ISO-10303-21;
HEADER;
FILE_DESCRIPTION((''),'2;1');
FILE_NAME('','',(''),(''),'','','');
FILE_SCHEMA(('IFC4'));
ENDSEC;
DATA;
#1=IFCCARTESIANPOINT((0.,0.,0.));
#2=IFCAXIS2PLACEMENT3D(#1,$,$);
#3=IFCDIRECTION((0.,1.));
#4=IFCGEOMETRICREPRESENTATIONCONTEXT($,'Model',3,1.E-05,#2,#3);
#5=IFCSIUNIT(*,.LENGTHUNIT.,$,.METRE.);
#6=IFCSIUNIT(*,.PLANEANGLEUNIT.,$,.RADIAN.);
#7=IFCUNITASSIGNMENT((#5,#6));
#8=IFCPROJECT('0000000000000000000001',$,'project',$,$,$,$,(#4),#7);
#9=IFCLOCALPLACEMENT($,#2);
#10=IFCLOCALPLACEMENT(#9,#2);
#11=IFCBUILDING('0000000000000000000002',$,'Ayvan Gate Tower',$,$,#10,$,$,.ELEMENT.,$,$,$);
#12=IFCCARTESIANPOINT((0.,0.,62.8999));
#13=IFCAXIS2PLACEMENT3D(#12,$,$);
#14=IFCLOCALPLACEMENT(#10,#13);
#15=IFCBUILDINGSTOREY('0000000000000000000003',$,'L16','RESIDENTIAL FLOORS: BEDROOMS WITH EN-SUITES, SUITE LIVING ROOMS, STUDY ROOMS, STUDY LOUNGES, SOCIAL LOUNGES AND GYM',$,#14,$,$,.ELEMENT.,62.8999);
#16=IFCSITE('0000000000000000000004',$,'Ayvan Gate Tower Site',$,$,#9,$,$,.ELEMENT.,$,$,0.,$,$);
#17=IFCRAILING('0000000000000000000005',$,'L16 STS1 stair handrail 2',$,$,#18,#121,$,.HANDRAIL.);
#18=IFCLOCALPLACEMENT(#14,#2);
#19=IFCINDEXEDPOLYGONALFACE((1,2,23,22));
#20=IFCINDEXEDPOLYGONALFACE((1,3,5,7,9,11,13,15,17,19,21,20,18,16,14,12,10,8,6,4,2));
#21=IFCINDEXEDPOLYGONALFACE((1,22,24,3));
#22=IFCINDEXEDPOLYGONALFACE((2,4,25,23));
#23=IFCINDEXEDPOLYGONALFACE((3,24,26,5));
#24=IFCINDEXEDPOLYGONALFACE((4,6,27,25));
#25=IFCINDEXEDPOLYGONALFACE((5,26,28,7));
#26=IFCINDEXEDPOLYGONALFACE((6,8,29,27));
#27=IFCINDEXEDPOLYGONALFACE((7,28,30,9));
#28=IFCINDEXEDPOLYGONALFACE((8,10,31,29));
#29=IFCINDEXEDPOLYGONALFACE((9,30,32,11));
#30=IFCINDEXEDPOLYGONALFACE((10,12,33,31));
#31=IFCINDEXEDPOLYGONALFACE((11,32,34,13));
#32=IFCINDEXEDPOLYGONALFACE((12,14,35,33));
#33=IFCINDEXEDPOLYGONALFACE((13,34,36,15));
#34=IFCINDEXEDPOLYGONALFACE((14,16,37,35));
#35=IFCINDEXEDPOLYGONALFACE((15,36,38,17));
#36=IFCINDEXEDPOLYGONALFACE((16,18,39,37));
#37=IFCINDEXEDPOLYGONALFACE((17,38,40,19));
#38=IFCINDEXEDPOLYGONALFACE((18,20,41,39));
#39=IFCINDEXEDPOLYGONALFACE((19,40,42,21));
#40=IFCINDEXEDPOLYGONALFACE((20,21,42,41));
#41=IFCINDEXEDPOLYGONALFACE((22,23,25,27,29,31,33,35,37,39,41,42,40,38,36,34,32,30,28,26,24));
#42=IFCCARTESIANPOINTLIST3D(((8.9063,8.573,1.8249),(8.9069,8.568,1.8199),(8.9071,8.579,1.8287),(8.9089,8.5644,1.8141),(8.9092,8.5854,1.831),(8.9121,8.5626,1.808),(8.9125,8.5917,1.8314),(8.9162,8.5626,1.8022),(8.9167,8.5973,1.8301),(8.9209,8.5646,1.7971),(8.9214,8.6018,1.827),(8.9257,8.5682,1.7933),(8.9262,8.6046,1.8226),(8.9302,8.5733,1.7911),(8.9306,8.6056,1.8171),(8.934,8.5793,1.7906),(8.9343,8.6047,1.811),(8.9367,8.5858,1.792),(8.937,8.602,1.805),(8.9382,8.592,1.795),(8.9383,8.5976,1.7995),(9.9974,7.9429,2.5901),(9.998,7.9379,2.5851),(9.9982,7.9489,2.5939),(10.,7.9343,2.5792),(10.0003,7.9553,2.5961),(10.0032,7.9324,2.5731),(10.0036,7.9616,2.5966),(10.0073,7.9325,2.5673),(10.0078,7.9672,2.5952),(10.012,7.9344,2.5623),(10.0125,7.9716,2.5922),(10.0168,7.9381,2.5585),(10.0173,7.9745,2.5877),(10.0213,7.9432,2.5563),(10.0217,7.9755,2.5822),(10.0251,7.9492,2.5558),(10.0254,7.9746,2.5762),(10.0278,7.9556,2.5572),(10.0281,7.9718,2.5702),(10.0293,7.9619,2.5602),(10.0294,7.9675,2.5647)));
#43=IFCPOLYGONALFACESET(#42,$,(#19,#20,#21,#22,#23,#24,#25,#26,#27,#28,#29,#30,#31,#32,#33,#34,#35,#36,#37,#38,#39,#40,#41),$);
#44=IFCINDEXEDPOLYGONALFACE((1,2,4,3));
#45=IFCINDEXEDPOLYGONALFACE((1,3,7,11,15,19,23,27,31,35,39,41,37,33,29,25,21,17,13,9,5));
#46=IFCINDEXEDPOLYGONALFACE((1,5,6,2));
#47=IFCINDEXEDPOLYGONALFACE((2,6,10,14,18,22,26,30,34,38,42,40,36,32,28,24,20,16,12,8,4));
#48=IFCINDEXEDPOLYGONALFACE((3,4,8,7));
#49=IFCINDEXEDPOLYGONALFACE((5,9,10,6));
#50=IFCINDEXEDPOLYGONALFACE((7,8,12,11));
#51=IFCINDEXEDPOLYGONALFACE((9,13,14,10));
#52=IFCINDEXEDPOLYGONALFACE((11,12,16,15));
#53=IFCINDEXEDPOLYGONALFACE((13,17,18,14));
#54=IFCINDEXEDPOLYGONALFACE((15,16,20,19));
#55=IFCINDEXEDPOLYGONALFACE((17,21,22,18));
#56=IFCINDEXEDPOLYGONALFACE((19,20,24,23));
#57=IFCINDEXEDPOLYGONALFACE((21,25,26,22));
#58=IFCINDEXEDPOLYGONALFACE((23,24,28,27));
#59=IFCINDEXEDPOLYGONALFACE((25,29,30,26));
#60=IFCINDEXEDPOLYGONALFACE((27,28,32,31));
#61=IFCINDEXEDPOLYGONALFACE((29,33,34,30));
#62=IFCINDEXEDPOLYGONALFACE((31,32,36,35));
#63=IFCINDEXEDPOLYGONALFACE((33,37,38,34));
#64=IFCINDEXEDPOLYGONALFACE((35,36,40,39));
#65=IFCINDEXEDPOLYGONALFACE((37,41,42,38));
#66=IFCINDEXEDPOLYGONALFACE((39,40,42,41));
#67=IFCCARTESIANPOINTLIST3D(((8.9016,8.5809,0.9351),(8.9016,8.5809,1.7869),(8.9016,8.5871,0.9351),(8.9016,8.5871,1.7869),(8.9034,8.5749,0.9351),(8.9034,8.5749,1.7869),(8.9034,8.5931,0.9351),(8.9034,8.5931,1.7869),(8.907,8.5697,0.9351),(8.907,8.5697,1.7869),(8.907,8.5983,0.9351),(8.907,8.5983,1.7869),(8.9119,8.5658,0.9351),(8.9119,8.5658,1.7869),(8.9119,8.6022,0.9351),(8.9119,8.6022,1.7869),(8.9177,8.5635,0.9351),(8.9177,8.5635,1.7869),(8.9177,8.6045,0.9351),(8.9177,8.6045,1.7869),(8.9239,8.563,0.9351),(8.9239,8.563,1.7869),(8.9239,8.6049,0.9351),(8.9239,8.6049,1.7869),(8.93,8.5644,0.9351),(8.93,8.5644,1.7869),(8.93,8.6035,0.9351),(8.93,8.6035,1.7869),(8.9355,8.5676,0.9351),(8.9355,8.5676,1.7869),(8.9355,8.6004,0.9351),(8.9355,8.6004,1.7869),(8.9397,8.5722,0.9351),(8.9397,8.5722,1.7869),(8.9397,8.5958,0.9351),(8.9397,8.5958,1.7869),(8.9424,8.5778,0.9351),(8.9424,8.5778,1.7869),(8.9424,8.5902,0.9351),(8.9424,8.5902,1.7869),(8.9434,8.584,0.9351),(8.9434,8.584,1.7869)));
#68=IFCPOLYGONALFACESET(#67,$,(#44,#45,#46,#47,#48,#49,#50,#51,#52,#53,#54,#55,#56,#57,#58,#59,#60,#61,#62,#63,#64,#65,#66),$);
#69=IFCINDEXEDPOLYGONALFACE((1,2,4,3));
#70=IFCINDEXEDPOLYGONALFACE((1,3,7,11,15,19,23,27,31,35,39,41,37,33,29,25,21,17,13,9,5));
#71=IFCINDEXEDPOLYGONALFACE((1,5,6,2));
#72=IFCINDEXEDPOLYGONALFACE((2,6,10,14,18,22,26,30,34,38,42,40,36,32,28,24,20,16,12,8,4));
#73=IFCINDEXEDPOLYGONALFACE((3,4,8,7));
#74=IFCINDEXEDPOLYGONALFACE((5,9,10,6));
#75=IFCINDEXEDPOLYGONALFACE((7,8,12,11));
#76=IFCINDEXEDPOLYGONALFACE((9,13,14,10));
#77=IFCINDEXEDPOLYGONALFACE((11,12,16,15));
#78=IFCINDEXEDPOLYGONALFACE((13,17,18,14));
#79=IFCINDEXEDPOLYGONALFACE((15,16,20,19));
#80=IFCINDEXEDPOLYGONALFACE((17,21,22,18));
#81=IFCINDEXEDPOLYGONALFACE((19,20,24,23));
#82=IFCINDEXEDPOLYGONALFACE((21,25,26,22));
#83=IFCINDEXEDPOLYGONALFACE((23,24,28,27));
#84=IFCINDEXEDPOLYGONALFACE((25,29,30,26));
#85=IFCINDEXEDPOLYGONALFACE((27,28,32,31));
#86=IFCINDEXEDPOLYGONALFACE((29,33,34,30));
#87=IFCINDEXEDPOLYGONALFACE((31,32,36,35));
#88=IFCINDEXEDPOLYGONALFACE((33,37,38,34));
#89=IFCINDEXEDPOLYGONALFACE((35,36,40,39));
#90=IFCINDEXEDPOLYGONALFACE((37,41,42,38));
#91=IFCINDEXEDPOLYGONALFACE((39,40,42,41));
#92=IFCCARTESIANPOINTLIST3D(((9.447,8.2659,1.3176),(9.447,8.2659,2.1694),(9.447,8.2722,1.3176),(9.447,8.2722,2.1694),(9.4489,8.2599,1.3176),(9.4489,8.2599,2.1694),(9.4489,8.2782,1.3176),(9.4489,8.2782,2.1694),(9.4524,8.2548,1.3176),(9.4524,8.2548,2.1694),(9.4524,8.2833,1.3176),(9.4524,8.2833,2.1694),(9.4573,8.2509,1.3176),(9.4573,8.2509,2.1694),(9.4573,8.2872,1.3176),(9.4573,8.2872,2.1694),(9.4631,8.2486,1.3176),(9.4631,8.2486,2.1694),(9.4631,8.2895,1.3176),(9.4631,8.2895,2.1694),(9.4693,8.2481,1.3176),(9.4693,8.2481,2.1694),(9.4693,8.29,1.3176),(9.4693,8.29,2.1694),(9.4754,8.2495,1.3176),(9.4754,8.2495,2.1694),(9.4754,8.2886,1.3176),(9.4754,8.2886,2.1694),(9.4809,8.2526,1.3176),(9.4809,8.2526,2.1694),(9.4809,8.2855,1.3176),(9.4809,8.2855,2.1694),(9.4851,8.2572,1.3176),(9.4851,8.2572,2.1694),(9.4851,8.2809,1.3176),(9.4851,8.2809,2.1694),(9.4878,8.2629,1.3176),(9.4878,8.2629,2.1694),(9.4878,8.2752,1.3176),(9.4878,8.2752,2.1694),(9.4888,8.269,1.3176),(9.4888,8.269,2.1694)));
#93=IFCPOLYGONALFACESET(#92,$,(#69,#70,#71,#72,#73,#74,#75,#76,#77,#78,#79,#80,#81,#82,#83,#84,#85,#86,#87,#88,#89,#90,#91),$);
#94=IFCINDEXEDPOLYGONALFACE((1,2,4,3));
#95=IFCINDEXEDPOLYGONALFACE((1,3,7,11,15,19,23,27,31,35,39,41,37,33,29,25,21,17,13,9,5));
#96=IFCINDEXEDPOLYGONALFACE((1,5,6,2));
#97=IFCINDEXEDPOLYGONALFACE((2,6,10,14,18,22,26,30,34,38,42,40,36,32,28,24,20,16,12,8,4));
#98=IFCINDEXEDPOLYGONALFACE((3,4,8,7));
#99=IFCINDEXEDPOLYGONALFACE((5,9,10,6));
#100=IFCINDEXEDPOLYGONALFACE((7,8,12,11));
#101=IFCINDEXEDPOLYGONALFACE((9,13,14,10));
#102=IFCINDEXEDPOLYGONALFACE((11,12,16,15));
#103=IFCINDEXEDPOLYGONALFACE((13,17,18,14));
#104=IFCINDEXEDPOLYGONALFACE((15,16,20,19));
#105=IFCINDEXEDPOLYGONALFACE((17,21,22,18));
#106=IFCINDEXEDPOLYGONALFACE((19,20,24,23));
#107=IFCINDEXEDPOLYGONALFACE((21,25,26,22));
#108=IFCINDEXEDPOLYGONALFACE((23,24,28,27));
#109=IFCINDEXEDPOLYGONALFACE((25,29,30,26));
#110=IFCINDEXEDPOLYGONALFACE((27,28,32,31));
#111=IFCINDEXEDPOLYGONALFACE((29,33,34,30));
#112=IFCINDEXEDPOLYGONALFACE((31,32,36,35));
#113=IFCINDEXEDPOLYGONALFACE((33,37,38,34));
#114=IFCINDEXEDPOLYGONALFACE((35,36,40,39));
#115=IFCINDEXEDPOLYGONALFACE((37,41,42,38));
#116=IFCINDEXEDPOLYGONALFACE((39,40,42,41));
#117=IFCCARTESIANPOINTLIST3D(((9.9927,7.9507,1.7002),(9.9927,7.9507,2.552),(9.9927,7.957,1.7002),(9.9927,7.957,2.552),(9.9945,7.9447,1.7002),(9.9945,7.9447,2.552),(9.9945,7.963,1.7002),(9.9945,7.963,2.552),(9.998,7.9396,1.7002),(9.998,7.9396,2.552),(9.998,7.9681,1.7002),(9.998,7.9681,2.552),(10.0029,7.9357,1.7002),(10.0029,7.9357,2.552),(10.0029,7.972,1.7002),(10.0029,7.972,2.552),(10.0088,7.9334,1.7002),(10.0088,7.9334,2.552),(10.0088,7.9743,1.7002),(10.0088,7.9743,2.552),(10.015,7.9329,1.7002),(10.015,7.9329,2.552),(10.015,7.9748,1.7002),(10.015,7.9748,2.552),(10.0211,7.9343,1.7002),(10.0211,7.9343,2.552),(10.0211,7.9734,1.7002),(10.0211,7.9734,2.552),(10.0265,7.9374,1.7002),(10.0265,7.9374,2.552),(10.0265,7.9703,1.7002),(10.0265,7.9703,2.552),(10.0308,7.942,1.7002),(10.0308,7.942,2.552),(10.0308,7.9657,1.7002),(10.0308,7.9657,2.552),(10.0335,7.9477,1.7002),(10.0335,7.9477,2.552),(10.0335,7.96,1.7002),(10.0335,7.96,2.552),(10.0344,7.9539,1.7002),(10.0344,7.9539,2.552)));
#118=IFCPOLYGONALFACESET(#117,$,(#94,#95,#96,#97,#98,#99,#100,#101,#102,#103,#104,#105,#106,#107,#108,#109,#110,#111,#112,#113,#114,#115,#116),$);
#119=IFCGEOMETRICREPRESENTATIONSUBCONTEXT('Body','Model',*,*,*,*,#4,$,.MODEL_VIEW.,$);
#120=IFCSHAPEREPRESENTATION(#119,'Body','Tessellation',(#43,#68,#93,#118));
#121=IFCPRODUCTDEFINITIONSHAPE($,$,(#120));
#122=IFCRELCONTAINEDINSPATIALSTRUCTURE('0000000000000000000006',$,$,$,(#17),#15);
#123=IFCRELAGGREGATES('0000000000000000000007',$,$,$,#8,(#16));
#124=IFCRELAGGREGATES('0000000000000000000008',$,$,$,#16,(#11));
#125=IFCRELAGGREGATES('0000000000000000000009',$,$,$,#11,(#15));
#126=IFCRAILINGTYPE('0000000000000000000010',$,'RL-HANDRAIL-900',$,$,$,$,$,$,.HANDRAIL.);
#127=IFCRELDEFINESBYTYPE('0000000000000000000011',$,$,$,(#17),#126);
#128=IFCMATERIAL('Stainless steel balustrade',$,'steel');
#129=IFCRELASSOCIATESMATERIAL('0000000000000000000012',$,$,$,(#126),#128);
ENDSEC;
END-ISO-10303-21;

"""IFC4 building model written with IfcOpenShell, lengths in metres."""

from ifc_helpers import new_model, si_unit, direction, frame, origin, origin_2d, place, context, subcontext, project, spatial, circle, extrude, material, type_object, element, save


model = new_model("IFC4")

# Units and contexts
model_context = context("Model", 3, precision=1e-05, world=origin(), true_north=direction((0.0, 1.0)))
body_context = subcontext(model_context, "Body", "Model", "MODEL_VIEW")
ifc_project = project(units=[si_unit("LENGTHUNIT", "METRE"), si_unit("PLANEANGLEUNIT", "RADIAN")], contexts=[model_context])

# Site, building, storey
site_placement = place(None, origin())
site = spatial("IfcSite", under=ifc_project, at=site_placement, Name="Ayvan Gate Tower Site", CompositionType="ELEMENT", RefElevation=0.0)
building_placement = place(site_placement, origin())
building = spatial("IfcBuilding", under=site, at=building_placement, Name="Ayvan Gate Tower", CompositionType="ELEMENT")
storey_placement = place(building_placement, frame((0.0, 0.0, 62.8999)))
storey = spatial("IfcBuildingStorey", under=building, at=storey_placement, Name="L16", Description="RESIDENTIAL FLOORS: BEDROOMS WITH EN-SUITES, SUITE LIVING ROOMS, STUDY ROOMS, STUDY LOUNGES, SOCIAL LOUNGES AND GYM", CompositionType="ELEMENT", Elevation=62.8999)

# Railing
ifc_material_1 = material(Name="Stainless steel balustrade", Category="steel")
railing_type_1 = type_object("IfcRailingType", Name="RL-HANDRAIL-900", PredefinedType="HANDRAIL", material=ifc_material_1)
railing_1_placement = place(storey_placement, frame((8.9224, 8.584, 0.9351)))
element("IfcRailing", 1, at=railing_1_placement, inside=storey, type_object=railing_type_1, Name="L16 STS1 stair handrail 2", PredefinedType="HANDRAIL", context=body_context, shape_type="SweptSolid", body=[
    extrude(circle(Radius=0.0239, at=origin_2d()), frame((0.0, 0.0, 0.876), z_axis=(0.740166, -0.427471, 0.51906), x_axis=(0.500119, 0.865956, 0.0)), (0.0, 0.0, 1.0), 1.4741),
    extrude(circle(Radius=0.021, at=origin_2d()), origin(), (0.0, 0.0, 1.0), 0.8518),
    extrude(circle(Radius=0.021, at=origin_2d()), frame((0.5454, -0.3149, 0.3826)), (0.0, 0.0, 1.0), 0.8518),
    extrude(circle(Radius=0.021, at=origin_2d()), frame((1.0911, -0.6301, 0.7651)), (0.0, 0.0, 1.0), 0.8518),
])

save(model, "model.ifc")
